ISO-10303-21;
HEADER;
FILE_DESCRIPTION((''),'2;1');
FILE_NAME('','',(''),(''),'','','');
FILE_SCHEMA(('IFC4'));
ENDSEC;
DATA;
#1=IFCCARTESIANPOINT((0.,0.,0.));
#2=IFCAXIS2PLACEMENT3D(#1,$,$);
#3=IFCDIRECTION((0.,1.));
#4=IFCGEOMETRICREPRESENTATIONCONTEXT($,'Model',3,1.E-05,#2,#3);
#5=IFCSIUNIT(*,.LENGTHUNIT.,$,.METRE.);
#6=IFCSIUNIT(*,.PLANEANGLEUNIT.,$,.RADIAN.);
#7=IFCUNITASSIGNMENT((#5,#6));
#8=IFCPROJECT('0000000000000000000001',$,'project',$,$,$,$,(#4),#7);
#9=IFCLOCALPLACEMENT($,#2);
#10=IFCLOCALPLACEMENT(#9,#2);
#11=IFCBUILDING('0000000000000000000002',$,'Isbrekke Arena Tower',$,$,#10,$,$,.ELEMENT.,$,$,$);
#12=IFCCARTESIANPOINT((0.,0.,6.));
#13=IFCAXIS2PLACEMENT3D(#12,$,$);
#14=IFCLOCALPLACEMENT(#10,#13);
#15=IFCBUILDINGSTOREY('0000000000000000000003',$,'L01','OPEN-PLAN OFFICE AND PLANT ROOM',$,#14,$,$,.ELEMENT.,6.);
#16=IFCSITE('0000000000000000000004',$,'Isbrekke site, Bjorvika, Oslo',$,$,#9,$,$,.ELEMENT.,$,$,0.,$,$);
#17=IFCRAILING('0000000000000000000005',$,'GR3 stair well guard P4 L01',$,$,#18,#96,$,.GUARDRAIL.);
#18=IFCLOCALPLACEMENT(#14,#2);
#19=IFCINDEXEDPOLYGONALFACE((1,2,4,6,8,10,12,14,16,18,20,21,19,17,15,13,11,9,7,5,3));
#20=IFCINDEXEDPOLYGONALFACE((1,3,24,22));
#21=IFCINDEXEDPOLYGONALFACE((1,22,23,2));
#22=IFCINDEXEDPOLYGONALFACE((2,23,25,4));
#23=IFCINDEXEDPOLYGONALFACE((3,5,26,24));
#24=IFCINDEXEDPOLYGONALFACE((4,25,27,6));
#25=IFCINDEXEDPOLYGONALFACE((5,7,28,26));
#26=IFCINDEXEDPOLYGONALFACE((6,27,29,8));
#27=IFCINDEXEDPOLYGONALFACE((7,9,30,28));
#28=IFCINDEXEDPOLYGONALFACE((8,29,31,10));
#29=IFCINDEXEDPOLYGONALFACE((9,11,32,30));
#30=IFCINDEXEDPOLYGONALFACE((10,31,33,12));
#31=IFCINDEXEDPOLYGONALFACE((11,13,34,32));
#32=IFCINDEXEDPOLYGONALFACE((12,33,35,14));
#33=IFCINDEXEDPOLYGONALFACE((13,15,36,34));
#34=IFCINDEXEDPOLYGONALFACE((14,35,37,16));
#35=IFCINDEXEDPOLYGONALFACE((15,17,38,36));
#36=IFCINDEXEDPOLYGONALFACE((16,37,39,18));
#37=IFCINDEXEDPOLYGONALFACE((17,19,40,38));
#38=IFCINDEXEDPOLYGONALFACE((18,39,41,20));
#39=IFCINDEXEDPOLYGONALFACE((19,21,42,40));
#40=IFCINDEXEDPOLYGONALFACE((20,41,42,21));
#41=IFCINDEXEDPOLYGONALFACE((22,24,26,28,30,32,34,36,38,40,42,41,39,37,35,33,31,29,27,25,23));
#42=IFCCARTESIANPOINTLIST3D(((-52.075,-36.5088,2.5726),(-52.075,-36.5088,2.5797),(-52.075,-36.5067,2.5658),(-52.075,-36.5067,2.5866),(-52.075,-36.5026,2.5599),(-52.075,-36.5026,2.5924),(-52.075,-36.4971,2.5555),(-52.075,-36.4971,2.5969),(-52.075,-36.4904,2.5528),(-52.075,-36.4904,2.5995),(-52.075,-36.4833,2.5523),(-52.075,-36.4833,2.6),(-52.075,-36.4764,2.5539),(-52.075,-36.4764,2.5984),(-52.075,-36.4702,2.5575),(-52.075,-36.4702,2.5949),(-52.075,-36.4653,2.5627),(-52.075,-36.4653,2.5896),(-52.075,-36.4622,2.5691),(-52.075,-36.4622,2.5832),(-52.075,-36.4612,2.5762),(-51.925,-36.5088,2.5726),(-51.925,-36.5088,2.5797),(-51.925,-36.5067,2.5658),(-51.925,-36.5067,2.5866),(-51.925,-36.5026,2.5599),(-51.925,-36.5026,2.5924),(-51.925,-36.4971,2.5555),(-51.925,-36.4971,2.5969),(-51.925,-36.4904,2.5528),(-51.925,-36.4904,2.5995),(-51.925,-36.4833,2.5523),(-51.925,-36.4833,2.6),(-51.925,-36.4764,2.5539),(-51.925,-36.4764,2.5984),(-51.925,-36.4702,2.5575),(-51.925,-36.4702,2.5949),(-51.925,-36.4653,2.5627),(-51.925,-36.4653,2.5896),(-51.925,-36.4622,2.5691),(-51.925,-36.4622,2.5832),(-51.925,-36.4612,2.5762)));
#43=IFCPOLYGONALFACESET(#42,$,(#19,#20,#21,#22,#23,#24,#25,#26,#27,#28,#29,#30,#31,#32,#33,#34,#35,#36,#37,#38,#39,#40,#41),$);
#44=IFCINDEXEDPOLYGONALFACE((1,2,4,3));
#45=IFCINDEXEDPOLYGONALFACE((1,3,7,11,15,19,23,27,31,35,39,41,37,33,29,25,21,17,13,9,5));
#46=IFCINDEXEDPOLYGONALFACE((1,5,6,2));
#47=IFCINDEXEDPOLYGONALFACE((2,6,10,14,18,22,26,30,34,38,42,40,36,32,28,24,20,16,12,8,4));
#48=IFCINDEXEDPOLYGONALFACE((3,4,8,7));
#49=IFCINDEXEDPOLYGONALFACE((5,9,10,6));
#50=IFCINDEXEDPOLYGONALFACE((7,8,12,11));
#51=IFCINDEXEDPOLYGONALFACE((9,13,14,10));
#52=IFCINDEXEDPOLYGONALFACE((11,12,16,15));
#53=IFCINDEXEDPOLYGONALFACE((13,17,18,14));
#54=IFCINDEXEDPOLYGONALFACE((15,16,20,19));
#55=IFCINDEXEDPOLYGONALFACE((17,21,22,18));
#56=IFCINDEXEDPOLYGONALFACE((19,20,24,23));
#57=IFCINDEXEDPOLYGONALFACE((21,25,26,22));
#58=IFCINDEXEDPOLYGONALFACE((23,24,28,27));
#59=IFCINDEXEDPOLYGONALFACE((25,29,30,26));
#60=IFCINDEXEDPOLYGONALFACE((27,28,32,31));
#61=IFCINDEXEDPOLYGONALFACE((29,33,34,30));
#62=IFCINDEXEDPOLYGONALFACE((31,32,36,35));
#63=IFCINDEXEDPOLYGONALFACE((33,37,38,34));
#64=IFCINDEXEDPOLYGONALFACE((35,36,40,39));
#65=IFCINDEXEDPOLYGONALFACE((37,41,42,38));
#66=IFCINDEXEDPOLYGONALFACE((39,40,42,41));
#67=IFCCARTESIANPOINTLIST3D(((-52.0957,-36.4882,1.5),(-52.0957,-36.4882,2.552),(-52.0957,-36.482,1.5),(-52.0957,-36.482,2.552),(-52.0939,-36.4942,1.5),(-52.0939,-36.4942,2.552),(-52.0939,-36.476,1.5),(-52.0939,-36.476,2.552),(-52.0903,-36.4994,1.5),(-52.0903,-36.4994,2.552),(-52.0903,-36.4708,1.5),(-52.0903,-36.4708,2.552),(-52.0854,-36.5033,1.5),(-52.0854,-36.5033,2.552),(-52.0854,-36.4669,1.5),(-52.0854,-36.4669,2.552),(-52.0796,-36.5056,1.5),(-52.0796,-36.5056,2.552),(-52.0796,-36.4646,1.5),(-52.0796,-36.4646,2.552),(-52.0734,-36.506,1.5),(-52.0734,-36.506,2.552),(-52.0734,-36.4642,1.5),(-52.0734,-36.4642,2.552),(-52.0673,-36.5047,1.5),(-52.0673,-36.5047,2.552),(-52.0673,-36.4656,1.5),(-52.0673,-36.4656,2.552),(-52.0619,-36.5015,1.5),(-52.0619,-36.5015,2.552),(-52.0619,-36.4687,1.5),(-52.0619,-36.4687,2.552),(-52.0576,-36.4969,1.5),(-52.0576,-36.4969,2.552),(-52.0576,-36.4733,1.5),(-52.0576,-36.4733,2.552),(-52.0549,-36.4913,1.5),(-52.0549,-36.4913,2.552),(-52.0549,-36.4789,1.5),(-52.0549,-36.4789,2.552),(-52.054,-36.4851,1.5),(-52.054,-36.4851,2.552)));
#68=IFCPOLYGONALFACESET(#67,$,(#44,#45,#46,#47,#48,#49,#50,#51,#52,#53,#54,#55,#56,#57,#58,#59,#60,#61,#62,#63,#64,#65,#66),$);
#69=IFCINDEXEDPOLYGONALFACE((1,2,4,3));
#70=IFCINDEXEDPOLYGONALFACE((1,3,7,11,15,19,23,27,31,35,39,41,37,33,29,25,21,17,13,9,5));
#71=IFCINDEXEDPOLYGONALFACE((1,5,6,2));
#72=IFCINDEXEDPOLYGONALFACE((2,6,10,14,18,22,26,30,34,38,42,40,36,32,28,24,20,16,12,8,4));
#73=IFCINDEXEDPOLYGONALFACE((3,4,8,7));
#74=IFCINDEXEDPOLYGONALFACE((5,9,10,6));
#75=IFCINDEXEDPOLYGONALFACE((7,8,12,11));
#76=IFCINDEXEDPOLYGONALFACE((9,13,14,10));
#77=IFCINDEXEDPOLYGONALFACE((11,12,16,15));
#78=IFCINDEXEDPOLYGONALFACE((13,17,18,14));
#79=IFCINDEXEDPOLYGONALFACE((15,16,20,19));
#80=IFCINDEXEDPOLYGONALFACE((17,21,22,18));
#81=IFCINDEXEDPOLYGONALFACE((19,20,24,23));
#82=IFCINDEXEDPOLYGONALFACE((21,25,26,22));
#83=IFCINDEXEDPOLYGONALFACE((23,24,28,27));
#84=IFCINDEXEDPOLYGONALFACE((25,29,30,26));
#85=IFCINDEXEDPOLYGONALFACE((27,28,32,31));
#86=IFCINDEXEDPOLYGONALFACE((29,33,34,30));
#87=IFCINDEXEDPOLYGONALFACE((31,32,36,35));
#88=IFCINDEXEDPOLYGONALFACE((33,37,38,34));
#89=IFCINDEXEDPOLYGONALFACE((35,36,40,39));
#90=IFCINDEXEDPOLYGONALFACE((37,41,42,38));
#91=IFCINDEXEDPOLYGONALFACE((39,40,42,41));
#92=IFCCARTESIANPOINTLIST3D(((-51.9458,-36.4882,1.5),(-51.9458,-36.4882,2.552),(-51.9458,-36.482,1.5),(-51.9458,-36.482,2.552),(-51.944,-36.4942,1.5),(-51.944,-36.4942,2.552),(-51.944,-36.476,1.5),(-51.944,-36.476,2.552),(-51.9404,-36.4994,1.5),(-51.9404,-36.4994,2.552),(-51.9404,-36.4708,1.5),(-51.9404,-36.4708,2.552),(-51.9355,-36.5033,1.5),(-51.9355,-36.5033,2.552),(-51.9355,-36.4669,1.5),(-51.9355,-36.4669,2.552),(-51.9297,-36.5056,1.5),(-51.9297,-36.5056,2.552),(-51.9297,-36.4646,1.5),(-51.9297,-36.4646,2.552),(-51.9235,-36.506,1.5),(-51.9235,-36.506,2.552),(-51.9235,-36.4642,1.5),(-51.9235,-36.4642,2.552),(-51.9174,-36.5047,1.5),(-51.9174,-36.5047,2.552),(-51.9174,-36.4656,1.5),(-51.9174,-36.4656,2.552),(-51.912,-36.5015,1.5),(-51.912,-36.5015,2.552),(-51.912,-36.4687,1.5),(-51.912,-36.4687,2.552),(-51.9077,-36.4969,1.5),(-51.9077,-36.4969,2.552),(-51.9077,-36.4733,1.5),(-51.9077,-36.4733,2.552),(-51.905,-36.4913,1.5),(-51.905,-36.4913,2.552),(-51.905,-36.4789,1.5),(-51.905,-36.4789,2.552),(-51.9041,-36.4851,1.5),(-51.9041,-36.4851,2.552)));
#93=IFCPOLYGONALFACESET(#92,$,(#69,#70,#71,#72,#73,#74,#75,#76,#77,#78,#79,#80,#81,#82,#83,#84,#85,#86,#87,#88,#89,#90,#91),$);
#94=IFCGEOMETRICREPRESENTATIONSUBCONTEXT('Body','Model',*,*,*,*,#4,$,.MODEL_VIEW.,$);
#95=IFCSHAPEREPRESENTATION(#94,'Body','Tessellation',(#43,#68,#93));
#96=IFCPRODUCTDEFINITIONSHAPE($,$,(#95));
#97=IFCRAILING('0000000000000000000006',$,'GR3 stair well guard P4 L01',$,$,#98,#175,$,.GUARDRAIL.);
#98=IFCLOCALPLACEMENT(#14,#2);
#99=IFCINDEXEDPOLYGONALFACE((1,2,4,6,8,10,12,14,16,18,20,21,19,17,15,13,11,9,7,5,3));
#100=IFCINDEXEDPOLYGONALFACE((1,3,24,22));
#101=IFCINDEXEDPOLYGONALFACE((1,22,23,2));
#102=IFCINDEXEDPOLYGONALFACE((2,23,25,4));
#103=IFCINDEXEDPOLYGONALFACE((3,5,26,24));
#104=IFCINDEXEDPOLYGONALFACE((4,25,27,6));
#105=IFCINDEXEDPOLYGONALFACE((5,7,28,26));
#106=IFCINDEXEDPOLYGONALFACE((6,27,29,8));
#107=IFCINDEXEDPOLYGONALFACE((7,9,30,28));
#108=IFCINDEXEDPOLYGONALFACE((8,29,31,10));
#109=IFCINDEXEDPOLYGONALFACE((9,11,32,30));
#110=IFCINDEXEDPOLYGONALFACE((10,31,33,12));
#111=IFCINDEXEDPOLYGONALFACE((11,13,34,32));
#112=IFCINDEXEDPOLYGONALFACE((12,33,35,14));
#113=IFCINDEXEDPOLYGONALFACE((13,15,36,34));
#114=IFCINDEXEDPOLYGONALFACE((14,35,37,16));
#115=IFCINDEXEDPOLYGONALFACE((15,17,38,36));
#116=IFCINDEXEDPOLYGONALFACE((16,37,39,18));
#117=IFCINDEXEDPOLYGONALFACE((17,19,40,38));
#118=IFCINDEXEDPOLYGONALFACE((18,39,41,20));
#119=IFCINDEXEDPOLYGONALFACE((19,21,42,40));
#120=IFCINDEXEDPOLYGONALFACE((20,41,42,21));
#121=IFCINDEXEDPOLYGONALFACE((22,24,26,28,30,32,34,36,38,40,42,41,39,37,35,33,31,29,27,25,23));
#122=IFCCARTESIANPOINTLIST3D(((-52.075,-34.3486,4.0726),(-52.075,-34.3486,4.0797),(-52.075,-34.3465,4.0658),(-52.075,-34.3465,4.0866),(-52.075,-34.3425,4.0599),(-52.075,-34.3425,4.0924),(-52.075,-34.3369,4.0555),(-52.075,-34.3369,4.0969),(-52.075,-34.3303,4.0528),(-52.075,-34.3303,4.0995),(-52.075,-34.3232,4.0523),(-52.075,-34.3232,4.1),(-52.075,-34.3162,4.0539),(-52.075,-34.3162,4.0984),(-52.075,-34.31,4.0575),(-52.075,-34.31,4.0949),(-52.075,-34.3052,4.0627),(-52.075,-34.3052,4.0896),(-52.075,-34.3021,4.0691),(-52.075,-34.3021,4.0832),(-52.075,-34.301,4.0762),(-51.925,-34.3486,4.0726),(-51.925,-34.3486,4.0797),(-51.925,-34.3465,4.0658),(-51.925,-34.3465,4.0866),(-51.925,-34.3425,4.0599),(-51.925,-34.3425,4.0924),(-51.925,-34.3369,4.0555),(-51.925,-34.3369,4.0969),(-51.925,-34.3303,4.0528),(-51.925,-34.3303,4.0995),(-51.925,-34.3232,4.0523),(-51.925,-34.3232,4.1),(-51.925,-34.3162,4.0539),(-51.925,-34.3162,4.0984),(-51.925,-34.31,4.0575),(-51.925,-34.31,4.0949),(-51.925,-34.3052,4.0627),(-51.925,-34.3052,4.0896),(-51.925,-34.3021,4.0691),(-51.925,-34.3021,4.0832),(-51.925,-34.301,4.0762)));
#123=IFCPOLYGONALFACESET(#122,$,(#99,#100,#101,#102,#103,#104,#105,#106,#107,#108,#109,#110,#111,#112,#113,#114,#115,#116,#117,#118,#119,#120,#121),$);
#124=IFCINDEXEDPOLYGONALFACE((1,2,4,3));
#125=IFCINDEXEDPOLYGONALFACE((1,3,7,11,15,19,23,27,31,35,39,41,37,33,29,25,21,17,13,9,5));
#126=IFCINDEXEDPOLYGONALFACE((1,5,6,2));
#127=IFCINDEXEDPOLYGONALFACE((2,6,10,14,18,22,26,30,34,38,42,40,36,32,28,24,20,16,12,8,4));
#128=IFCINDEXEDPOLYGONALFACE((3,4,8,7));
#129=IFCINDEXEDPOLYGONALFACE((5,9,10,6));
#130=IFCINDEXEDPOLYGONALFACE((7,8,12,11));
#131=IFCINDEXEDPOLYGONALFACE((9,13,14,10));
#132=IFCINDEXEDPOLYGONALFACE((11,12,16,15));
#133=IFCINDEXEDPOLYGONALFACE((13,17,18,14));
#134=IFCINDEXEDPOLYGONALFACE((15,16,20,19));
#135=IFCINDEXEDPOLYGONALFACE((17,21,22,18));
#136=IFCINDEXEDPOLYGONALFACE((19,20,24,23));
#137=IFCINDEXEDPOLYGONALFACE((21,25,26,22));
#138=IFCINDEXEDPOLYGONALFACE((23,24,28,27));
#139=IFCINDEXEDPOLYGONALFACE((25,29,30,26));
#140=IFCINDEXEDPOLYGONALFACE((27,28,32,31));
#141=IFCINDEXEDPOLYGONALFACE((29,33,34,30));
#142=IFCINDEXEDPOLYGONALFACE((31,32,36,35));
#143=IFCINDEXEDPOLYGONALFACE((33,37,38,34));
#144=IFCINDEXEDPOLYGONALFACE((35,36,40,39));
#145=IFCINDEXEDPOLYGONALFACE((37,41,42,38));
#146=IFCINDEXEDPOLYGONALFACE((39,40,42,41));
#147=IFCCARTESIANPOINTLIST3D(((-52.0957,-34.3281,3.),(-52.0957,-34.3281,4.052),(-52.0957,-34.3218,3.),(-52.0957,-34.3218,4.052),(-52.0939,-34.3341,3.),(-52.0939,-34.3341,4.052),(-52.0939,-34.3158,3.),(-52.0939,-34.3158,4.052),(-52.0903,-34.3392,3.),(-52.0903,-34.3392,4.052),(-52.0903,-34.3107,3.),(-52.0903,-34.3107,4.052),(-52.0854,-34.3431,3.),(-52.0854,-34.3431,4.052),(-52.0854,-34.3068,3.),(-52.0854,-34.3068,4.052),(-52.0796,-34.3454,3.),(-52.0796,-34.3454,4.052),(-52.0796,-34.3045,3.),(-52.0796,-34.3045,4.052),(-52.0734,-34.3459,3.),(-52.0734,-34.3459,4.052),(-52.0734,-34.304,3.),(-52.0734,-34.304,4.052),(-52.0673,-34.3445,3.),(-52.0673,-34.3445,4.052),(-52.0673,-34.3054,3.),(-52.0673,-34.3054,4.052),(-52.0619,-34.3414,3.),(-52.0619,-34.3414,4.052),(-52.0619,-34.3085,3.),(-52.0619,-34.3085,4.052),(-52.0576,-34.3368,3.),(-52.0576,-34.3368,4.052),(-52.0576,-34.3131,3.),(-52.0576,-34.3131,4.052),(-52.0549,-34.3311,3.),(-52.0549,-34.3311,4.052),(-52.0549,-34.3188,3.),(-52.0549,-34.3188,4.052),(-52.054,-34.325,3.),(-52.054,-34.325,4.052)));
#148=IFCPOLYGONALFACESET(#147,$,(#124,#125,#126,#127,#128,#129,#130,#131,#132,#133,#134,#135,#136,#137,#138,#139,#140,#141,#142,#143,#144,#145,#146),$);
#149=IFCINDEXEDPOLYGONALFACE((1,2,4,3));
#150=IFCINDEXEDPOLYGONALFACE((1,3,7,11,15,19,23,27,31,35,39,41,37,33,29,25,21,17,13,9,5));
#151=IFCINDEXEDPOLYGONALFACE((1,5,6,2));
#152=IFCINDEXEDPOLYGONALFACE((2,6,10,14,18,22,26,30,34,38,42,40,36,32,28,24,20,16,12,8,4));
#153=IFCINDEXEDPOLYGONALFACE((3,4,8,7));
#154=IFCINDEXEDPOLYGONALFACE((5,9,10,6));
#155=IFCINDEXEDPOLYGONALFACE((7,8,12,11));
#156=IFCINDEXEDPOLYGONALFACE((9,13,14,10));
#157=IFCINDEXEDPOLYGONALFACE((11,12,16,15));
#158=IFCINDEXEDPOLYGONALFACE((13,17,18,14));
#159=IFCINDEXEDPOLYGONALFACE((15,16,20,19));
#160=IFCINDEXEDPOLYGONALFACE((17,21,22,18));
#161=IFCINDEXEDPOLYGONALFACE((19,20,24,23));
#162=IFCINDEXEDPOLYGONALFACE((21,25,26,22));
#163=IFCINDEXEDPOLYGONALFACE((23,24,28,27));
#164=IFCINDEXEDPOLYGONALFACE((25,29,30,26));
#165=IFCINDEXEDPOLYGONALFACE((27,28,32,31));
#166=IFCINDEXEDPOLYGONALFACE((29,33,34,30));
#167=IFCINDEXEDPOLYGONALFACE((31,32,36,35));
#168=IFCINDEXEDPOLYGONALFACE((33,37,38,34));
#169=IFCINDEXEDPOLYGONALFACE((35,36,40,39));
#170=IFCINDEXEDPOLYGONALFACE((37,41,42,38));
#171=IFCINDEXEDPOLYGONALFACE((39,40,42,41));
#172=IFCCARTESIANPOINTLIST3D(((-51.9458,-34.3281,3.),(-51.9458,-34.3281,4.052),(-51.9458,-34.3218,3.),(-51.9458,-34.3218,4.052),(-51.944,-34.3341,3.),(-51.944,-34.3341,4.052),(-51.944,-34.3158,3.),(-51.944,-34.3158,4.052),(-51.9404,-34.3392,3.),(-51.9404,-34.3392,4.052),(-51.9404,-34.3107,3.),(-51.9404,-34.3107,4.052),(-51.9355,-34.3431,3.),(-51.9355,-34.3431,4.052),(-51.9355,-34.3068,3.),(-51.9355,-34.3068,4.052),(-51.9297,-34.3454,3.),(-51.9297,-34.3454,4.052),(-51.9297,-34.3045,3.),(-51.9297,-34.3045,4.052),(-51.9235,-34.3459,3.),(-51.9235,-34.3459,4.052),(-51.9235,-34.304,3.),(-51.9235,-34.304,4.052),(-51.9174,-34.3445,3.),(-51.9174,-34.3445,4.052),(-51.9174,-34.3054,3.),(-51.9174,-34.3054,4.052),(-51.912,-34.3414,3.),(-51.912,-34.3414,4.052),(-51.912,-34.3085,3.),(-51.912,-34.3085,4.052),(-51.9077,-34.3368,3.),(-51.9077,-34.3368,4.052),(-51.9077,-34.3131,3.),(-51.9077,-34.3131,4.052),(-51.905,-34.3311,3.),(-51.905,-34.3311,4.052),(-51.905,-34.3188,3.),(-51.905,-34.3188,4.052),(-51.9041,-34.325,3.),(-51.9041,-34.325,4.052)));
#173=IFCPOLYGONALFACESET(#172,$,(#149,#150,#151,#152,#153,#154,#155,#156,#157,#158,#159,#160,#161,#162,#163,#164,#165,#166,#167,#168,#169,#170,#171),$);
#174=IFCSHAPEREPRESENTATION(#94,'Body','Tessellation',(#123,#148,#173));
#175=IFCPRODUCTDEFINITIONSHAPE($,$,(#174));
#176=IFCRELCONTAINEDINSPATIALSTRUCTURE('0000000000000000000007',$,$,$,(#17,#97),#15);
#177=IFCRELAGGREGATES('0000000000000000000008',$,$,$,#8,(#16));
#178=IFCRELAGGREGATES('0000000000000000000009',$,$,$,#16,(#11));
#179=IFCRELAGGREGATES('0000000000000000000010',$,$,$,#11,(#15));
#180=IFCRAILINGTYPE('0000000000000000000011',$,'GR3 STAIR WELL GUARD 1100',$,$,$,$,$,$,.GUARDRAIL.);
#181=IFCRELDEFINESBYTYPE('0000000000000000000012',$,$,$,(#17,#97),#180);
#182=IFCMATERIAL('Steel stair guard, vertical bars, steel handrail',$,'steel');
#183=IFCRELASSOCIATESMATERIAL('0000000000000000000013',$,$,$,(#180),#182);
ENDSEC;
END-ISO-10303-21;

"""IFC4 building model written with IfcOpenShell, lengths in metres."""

from ifc_helpers import new_model, si_unit, direction, frame, origin, origin_2d, place, context, subcontext, project, spatial, circle, extrude, material, type_object, element, save


model = new_model("IFC4")

# Units and contexts
model_context = context("Model", 3, precision=1e-05, world=origin(), true_north=direction((0.0, 1.0)))
body_context = subcontext(model_context, "Body", "Model", "MODEL_VIEW")
ifc_project = project(units=[si_unit("LENGTHUNIT", "METRE"), si_unit("PLANEANGLEUNIT", "RADIAN")], contexts=[model_context])

# Site, building, storey
site_placement = place(None, origin())
site = spatial("IfcSite", under=ifc_project, at=site_placement, Name="Isbrekke site, Bjorvika, Oslo", CompositionType="ELEMENT", RefElevation=0.0)
building_placement = place(site_placement, origin())
building = spatial("IfcBuilding", under=site, at=building_placement, Name="Isbrekke Arena Tower", CompositionType="ELEMENT")
storey_placement = place(building_placement, frame((0.0, 0.0, 6.0)))
storey = spatial("IfcBuildingStorey", under=building, at=storey_placement, Name="L01", Description="OPEN-PLAN OFFICE AND PLANT ROOM", CompositionType="ELEMENT", Elevation=6.0)

# Railings
ifc_material_1 = material(Name="Steel stair guard, vertical bars, steel handrail", Category="steel")
railing_type = type_object("IfcRailingType", Name="GR3 STAIR WELL GUARD 1100", PredefinedType="GUARDRAIL", material=ifc_material_1)
for number, where, name in (
    (1, (-52.075, -36.4851, 1.5), "GR3 stair well guard P4 L01"),
    (2, (-52.075, -34.325, 3.0), "GR3 stair well guard P4 L01"),
):
    element("IfcRailing", number, at=place(storey_placement, frame(where)), inside=storey, type_object=railing_type, Name=name, PredefinedType="GUARDRAIL", context=body_context, shape_type="SweptSolid", body=[
        extrude(circle(Radius=0.0239, at=origin_2d()), frame((0.0, 0.0, 1.0762), z_axis=(1.0, 0.0, 0.0), x_axis=(0.0, 1.0, 0.0)), (0.0, 0.0, 1.0), 0.1499),
        extrude(circle(Radius=0.021, at=origin_2d()), origin(), (0.0, 0.0, 1.0), 1.052),
        extrude(circle(Radius=0.021, at=origin_2d()), frame((0.1499, 0.0, 0.0)), (0.0, 0.0, 1.0), 1.052),
    ])

save(model, "model.ifc")
